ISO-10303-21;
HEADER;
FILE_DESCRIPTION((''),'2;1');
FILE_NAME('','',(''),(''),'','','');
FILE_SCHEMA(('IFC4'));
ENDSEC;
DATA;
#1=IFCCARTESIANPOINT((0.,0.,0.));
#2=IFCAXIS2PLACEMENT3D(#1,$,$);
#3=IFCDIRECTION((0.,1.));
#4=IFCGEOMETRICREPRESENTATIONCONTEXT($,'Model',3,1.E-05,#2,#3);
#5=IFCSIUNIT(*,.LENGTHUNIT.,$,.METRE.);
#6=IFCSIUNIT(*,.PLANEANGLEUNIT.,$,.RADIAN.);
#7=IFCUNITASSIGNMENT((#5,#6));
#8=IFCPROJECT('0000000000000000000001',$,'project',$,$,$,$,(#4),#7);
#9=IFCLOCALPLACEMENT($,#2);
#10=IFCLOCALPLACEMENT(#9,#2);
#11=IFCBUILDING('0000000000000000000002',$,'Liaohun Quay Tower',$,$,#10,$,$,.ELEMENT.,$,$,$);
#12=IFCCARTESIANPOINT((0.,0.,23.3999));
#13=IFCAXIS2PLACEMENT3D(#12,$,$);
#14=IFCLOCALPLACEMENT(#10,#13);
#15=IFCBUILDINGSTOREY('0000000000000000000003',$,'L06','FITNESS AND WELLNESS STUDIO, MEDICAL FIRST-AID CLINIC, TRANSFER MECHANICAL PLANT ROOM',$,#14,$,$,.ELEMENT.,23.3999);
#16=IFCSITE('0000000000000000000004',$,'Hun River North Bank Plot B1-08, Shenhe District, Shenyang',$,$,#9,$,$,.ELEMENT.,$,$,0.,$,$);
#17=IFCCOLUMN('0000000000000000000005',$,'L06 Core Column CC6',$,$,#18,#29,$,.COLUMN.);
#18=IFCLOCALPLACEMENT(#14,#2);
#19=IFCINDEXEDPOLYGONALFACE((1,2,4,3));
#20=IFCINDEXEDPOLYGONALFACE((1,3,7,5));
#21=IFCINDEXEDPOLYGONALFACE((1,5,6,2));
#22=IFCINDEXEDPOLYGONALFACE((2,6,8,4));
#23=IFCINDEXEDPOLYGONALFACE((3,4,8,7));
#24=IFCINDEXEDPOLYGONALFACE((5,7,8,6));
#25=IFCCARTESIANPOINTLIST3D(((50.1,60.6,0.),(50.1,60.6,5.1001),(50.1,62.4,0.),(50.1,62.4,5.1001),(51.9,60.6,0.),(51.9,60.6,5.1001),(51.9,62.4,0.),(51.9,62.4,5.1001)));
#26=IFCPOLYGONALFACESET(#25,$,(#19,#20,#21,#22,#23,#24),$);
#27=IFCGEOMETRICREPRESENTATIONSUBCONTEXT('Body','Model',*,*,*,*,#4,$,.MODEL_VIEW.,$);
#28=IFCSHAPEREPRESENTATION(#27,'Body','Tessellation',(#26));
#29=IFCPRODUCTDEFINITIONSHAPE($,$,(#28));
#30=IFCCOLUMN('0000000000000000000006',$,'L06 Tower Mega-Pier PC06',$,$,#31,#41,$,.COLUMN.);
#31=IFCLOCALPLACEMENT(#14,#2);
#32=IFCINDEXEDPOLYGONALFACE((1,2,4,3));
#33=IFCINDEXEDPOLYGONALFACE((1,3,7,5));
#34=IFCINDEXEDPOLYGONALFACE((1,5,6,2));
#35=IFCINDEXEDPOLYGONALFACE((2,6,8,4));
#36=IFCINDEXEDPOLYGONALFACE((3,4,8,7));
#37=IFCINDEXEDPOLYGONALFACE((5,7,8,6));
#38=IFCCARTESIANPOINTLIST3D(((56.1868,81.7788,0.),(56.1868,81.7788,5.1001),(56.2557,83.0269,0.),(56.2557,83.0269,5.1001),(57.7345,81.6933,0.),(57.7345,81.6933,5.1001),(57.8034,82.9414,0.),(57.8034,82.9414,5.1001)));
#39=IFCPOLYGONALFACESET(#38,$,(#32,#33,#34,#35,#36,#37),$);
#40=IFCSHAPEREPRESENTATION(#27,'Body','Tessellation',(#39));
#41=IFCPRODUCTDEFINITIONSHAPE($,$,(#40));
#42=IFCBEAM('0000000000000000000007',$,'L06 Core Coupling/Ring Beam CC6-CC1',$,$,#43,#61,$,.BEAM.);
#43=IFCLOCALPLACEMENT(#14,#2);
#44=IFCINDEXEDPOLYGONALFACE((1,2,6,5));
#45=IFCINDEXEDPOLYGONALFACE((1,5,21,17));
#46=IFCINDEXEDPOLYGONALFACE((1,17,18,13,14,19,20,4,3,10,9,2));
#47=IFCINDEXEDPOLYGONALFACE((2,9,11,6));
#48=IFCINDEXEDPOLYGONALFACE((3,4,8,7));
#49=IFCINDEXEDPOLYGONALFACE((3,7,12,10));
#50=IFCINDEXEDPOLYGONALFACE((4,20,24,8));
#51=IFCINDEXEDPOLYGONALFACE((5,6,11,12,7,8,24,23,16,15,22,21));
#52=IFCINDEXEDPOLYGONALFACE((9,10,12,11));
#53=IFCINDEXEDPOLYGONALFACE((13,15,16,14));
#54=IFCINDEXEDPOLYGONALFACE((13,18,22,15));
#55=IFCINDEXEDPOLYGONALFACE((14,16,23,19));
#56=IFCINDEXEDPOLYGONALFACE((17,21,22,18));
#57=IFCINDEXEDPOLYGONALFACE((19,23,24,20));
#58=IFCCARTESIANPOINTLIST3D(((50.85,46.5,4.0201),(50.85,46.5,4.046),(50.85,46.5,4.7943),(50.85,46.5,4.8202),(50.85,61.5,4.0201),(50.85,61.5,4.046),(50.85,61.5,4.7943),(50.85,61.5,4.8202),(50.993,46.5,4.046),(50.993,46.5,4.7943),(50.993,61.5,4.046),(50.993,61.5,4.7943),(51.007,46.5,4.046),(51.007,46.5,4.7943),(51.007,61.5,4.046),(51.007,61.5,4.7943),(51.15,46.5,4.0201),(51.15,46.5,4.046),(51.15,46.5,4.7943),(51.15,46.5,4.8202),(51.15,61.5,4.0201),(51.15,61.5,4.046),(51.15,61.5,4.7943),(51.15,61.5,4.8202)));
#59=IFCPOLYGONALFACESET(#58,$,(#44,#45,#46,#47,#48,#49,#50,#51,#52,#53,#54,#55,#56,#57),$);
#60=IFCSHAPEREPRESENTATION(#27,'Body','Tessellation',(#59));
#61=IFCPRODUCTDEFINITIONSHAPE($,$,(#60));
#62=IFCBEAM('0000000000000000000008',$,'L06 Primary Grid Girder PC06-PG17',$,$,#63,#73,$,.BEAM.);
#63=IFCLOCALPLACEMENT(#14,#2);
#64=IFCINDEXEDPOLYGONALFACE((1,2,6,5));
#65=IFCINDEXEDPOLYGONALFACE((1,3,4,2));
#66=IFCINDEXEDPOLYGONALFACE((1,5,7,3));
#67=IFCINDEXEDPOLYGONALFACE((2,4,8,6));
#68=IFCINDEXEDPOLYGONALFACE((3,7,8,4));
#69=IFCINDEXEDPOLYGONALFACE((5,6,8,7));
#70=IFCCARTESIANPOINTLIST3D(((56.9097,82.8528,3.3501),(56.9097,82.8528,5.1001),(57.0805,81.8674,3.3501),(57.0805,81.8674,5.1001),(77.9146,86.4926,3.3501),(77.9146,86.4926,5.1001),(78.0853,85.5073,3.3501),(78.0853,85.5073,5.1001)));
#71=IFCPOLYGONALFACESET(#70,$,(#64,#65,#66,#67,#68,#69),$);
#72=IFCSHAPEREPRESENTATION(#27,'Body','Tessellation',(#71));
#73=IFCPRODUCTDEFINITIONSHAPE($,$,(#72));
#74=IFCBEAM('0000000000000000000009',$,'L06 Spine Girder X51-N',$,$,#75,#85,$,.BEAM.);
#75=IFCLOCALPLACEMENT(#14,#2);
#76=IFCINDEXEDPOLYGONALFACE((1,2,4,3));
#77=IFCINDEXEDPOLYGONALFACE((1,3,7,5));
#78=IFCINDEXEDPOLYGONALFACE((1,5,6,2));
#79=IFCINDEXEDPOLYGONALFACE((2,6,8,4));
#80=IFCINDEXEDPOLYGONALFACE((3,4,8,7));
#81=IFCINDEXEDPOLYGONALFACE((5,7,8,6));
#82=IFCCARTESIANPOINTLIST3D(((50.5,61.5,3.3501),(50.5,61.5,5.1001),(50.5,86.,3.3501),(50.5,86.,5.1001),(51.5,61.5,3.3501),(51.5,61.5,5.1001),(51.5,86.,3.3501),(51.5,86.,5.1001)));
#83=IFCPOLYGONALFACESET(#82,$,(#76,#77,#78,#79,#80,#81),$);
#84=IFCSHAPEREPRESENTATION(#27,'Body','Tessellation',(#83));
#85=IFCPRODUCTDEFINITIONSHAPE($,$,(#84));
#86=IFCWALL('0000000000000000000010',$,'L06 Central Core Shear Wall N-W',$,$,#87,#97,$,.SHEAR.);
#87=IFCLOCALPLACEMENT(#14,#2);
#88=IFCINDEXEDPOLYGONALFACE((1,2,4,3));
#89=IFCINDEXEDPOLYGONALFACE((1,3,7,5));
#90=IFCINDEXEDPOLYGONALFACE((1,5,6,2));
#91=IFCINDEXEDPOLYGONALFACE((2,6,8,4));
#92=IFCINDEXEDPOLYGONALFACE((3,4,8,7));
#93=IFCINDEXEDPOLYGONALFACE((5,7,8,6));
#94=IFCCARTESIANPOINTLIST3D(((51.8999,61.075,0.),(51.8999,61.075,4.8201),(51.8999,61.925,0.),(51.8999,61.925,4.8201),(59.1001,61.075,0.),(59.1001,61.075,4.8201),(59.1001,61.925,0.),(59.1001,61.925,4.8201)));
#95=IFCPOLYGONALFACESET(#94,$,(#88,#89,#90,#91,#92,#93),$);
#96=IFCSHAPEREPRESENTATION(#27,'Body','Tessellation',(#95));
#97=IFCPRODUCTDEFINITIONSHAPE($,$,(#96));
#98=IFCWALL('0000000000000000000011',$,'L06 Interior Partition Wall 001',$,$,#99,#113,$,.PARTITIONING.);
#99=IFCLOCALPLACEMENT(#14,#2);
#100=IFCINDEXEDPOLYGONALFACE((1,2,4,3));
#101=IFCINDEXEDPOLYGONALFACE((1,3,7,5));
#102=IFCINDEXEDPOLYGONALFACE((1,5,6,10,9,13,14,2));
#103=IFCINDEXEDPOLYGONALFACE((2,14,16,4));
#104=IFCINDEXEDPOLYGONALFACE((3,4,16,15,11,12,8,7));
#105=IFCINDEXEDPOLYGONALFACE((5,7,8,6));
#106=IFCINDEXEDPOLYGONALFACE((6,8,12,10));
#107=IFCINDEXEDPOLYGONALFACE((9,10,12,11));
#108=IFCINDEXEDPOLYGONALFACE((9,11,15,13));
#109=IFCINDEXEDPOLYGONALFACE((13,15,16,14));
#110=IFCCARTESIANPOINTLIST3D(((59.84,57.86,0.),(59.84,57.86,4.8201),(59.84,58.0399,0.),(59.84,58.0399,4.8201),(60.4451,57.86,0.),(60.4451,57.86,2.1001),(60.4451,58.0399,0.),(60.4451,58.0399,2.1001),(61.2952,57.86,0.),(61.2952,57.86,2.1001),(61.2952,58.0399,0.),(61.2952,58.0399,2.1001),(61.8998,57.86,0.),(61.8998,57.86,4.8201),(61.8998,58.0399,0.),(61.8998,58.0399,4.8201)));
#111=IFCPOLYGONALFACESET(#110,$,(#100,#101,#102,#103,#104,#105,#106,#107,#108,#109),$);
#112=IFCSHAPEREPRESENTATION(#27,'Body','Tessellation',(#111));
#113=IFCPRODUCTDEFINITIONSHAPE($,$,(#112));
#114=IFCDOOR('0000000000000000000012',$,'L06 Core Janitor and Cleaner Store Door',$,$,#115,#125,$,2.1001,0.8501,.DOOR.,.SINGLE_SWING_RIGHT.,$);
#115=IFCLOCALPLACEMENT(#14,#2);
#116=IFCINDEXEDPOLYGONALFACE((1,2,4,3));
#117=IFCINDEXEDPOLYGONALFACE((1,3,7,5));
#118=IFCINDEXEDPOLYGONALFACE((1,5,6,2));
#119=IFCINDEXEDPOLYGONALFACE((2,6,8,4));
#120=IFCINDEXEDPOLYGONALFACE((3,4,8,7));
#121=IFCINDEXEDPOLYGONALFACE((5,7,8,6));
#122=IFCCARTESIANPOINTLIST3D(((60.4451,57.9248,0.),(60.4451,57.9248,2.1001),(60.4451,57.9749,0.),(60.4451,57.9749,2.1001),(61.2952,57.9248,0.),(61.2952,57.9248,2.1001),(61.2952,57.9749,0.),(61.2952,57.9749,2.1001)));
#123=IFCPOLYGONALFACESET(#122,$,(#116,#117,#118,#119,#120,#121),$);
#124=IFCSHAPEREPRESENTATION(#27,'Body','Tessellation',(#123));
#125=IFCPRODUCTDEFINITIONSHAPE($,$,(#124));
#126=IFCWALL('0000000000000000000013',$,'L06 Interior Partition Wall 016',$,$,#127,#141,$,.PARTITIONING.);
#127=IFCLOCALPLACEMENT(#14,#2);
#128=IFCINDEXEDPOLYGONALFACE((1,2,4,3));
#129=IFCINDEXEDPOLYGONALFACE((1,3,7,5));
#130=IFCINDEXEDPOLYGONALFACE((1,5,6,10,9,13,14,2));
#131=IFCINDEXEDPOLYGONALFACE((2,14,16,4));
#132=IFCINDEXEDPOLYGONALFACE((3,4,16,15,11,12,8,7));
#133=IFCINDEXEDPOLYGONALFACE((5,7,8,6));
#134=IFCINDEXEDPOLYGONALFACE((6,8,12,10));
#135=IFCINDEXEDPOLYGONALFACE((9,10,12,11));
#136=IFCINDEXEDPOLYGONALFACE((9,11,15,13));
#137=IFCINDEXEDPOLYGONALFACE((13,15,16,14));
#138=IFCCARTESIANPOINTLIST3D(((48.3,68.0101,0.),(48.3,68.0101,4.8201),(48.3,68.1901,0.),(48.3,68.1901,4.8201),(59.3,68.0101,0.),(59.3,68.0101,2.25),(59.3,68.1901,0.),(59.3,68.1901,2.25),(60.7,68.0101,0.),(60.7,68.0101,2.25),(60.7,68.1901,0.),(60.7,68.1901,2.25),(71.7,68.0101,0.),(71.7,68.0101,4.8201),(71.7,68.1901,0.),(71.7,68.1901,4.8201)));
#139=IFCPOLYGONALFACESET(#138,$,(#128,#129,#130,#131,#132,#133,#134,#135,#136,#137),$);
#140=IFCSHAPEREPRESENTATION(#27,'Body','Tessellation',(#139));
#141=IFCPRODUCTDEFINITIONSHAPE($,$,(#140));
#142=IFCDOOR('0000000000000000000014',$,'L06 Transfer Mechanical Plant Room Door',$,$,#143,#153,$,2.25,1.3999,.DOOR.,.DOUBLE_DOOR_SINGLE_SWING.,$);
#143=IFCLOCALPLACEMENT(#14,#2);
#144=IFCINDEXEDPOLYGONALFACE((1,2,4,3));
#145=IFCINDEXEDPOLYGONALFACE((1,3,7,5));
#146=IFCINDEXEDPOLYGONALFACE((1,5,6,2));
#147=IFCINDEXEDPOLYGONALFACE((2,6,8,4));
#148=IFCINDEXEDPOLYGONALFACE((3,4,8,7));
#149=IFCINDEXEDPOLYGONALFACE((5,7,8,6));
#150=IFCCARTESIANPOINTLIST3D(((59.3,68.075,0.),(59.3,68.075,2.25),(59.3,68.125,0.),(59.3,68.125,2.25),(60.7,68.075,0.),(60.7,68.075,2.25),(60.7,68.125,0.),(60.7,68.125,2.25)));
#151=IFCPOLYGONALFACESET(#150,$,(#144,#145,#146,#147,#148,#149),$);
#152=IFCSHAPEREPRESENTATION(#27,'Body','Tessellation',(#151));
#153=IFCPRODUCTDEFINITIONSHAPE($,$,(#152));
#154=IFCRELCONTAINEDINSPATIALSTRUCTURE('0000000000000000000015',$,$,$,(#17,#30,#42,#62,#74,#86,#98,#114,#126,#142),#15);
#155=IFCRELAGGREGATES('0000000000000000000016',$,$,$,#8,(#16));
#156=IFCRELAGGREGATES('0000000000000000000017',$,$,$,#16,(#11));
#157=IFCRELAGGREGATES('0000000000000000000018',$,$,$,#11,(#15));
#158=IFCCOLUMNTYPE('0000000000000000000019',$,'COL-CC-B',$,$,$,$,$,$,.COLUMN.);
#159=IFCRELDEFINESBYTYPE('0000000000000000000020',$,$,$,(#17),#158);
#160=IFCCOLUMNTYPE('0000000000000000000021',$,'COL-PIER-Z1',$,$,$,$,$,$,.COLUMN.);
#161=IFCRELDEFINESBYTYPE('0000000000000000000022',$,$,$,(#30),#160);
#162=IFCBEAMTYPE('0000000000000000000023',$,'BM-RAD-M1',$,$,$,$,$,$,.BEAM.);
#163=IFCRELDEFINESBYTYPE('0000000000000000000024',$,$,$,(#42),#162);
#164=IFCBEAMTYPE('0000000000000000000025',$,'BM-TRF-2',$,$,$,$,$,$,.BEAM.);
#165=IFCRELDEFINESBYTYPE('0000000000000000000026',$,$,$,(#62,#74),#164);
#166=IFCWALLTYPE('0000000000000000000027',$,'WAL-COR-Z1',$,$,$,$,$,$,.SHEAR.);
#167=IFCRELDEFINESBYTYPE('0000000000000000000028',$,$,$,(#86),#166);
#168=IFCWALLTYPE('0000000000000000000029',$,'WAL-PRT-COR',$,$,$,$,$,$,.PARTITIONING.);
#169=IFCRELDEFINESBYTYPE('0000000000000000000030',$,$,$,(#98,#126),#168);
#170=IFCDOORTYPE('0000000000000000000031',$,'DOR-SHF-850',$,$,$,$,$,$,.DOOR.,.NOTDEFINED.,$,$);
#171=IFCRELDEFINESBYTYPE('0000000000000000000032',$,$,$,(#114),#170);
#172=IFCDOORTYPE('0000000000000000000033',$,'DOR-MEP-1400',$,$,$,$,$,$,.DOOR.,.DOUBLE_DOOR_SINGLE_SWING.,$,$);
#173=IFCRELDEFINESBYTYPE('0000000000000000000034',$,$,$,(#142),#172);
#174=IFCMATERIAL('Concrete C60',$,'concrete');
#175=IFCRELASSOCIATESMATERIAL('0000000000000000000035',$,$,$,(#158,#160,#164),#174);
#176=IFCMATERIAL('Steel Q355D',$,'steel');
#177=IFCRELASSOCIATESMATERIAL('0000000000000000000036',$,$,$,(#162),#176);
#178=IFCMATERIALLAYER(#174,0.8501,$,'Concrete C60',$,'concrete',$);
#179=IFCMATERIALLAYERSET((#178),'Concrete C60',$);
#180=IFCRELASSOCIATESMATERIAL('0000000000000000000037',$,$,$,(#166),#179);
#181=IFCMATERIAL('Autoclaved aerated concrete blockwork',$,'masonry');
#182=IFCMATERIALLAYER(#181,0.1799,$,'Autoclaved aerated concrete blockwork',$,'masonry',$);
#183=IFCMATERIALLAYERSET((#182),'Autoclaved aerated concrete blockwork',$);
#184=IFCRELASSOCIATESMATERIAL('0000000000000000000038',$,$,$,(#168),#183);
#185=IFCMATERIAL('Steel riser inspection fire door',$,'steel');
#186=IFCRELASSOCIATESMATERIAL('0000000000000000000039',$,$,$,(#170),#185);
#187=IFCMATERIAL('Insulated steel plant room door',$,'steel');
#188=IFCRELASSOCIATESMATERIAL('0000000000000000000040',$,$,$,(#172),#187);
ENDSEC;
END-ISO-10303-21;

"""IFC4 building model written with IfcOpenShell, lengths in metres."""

from ifc_helpers import new_model, si_unit, direction, frame, frame_2d, origin, origin_2d, place, context, subcontext, project, spatial, rectangle, i_section, extrude, source, transform, mapped, material, layer, layer_set, material_profile, profile_set, type_object, element, fill, save


model = new_model("IFC4")

# Units and contexts
model_context = context("Model", 3, precision=1e-05, world=origin(), true_north=direction((0.0, 1.0)))
body_context = subcontext(model_context, "Body", "Model", "MODEL_VIEW")
ifc_project = project(units=[si_unit("LENGTHUNIT", "METRE"), si_unit("PLANEANGLEUNIT", "RADIAN")], contexts=[model_context])

# Site, building, storey
site_placement = place(None, origin())
site = spatial("IfcSite", under=ifc_project, at=site_placement, Name="Hun River North Bank Plot B1-08, Shenhe District, Shenyang", CompositionType="ELEMENT", RefElevation=0.0)
building_placement = place(site_placement, origin())
building = spatial("IfcBuilding", under=site, at=building_placement, Name="Liaohun Quay Tower", CompositionType="ELEMENT")
storey_placement = place(building_placement, frame((0.0, 0.0, 23.3999)))
storey = spatial("IfcBuildingStorey", under=building, at=storey_placement, Name="L06", Description="FITNESS AND WELLNESS STUDIO, MEDICAL FIRST-AID CLINIC, TRANSFER MECHANICAL PLANT ROOM", CompositionType="ELEMENT", Elevation=23.3999)

# Columns
ifc_material_1 = material(Name="Concrete C60", Category="concrete")
ifc_material_profile_1 = material_profile(ifc_material_1, rectangle(XDim=1.8, YDim=1.8, at=origin_2d()), Name="RC1800x1800")
ifc_profile_set_1 = profile_set([ifc_material_profile_1], Name="Concrete C60")
column_type_1 = type_object("IfcColumnType", Name="COL-CC-B", PredefinedType="COLUMN", material=ifc_profile_set_1)
shared_shape_1 = source(origin(), body_context, "Body", "SweptSolid", [
    extrude(rectangle(XDim=1.8, YDim=1.8, at=origin_2d()), origin(), (0.0, 0.0, 1.0), 5.1001),
])
column_1_placement = place(storey_placement, frame((51.0, 61.5, 0.0), z_axis=(0.0, 0.0, 1.0), x_axis=(1.0, 0.0, 0.0)))
element("IfcColumn", 1, at=column_1_placement, inside=storey, type_object=column_type_1, Name="L06 Core Column CC6", PredefinedType="COLUMN", context=body_context, shape_type="MappedRepresentation", body=[
    mapped(shared_shape_1, transform((0.0, 0.0, 0.0), x_axis=(1.0, 0.0, 0.0), y_axis=(0.0, 1.0, 0.0), z_axis=(0.0, 0.0, 1.0), scale=1.0)),
])
ifc_material_profile_2 = material_profile(ifc_material_1, rectangle(XDim=1.55, YDim=1.25, at=origin_2d()), Name="RC1550x1250")
ifc_profile_set_2 = profile_set([ifc_material_profile_2], Name="Concrete C60")
column_type_2 = type_object("IfcColumnType", Name="COL-PIER-Z1", PredefinedType="COLUMN", material=ifc_profile_set_2)
shared_shape_2 = source(origin(), body_context, "Body", "SweptSolid", [
    extrude(rectangle(XDim=1.55, YDim=1.25, at=origin_2d()), origin(), (0.0, 0.0, 1.0), 5.1001),
])
column_2_placement = place(storey_placement, frame((56.9951, 82.3601, 0.0), z_axis=(0.0, 0.0, 1.0), x_axis=(-0.998479, 0.055124, 0.0)))
element("IfcColumn", 2, at=column_2_placement, inside=storey, type_object=column_type_2, Name="L06 Tower Mega-Pier PC06", PredefinedType="COLUMN", context=body_context, shape_type="MappedRepresentation", body=[
    mapped(shared_shape_2, transform((0.0, 0.0, 0.0), x_axis=(1.0, 0.0, 0.0), y_axis=(0.0, 1.0, 0.0), z_axis=(0.0, 0.0, 1.0), scale=1.0)),
])

# Beams
ifc_material_2 = material(Name="Steel Q355D", Category="steel")
ifc_material_profile_3 = material_profile(ifc_material_2, i_section(OverallWidth=0.3, OverallDepth=0.8, WebThickness=0.0139, FlangeThickness=0.0259, at=origin_2d()), Name="HN800x300x14x26")
ifc_profile_set_3 = profile_set([ifc_material_profile_3], Name="Steel Q355D")
beam_type_1 = type_object("IfcBeamType", Name="BM-RAD-M1", PredefinedType="BEAM", material=ifc_profile_set_3)
shared_shape_3 = source(origin(), body_context, "Body", "SweptSolid", [
    extrude(i_section(OverallWidth=0.3, OverallDepth=0.8, WebThickness=0.0139, FlangeThickness=0.0259, at=origin_2d()), origin(), (0.0, 0.0, 1.0), 15.0),
])
beam_1_placement = place(storey_placement, frame((51.0, 61.5, 4.4202), z_axis=(0.0, -1.0, 0.0), x_axis=(1.0, 0.0, 0.0)))
element("IfcBeam", 3, at=beam_1_placement, inside=storey, type_object=beam_type_1, Name="L06 Core Coupling/Ring Beam CC6-CC1", PredefinedType="BEAM", context=body_context, shape_type="MappedRepresentation", body=[
    mapped(shared_shape_3, transform((0.0, 0.0, 0.0), x_axis=(1.0, 0.0, 0.0), y_axis=(0.0, 1.0, 0.0), z_axis=(0.0, 0.0, 1.0), scale=1.0)),
])
ifc_material_profile_4 = material_profile(ifc_material_1, rectangle(XDim=1.0, YDim=1.75, at=origin_2d()), Name="RC1000x1750")
ifc_profile_set_4 = profile_set([ifc_material_profile_4], Name="Concrete C60")
beam_type_2 = type_object("IfcBeamType", Name="BM-TRF-2", PredefinedType="BEAM", material=ifc_profile_set_4)
shared_shape_4 = source(origin(), body_context, "Body", "SweptSolid", [
    extrude(rectangle(XDim=1.0, YDim=1.75, at=origin_2d()), origin(), (0.0, 0.0, 1.0), 21.3179),
])
beam_2_placement = place(storey_placement, frame((56.9951, 82.3601, 4.2251), z_axis=(0.985316, 0.170743, 0.0), x_axis=(-0.170743, 0.985316, 0.0)))
element("IfcBeam", 4, at=beam_2_placement, inside=storey, type_object=beam_type_2, Name="L06 Primary Grid Girder PC06-PG17", PredefinedType="BEAM", context=body_context, shape_type="MappedRepresentation", body=[
    mapped(shared_shape_4, transform((0.0, 0.0, 0.0), x_axis=(1.0, 0.0, 0.0), y_axis=(0.0, 1.0, 0.0), z_axis=(0.0, 0.0, 1.0), scale=1.0)),
])
shared_shape_5 = source(origin(), body_context, "Body", "SweptSolid", [
    extrude(rectangle(XDim=1.0, YDim=1.75, at=origin_2d()), origin(), (0.0, 0.0, 1.0), 24.5),
])
beam_3_placement = place(storey_placement, frame((51.0, 61.5, 4.2251), z_axis=(0.0, 1.0, 0.0), x_axis=(-1.0, 0.0, 0.0)))
element("IfcBeam", 5, at=beam_3_placement, inside=storey, type_object=beam_type_2, Name="L06 Spine Girder X51-N", PredefinedType="BEAM", context=body_context, shape_type="MappedRepresentation", body=[
    mapped(shared_shape_5, transform((0.0, 0.0, 0.0), x_axis=(1.0, 0.0, 0.0), y_axis=(0.0, 1.0, 0.0), z_axis=(0.0, 0.0, 1.0), scale=1.0)),
])

# Wall
ifc_layer_1 = layer(ifc_material_1, 0.8501, Name="Concrete C60", Category="concrete")
ifc_layer_set_1 = layer_set([ifc_layer_1], Name="Concrete C60")
wall_type_1 = type_object("IfcWallType", Name="WAL-COR-Z1", PredefinedType="SHEAR", material=ifc_layer_set_1)
wall_1_placement = place(storey_placement, frame((51.8999, 61.5, 0.0), z_axis=(0.0, 0.0, 1.0), x_axis=(1.0, 0.0, 0.0)))
element("IfcWall", 6, at=wall_1_placement, inside=storey, type_object=wall_type_1, Name="L06 Central Core Shear Wall N-W", PredefinedType="SHEAR", context=body_context, shape_type="SweptSolid", body=[
    extrude(rectangle(XDim=7.2002, YDim=0.8501, at=frame_2d((3.6001, 0.0))), origin(), (0.0, 0.0, 1.0), 4.8201),
])

# Walls, openings, doors
ifc_material_3 = material(Name="Autoclaved aerated concrete blockwork", Category="masonry")
ifc_layer_2 = layer(ifc_material_3, 0.1799, Name="Autoclaved aerated concrete blockwork", Category="masonry")
ifc_layer_set_2 = layer_set([ifc_layer_2], Name="Autoclaved aerated concrete blockwork")
wall_type_2 = type_object("IfcWallType", Name="WAL-PRT-COR", PredefinedType="PARTITIONING", material=ifc_layer_set_2)
wall_2_placement = place(storey_placement, frame((59.8401, 57.95, 0.0), z_axis=(0.0, 0.0, 1.0), x_axis=(1.0, 0.0, 0.0)))
wall_2 = element("IfcWall", 7, at=wall_2_placement, inside=storey, type_object=wall_type_2, Name="L06 Interior Partition Wall 001", PredefinedType="PARTITIONING", context=body_context, shape_type="SweptSolid", body=[
    extrude(rectangle(XDim=2.0598, YDim=0.1799, at=frame_2d((1.0298, 0.0))), origin(), (0.0, 0.0, 1.0), 4.8201),
])
shared_shape_6 = source(origin(), body_context, "Body", "SweptSolid", [
    extrude(rectangle(XDim=0.8501, YDim=2.1001, at=frame_2d((0.425, 1.05))), frame((0.0, 0.0999, 0.0), z_axis=(0.0, -1.0, 0.0), x_axis=(1.0, 0.0, 0.0)), (0.0, 0.0, 1.0), 0.2),
])
opening_1_placement = place(wall_2_placement, frame((0.605, 0.0, 0.0)))
opening_1 = element("IfcOpeningElement", 8, at=opening_1_placement, cuts=wall_2, PredefinedType="OPENING", context=body_context, shape_type="MappedRepresentation", body=[
    mapped(shared_shape_6, transform((0.0, 0.0, 0.0), x_axis=(1.0, 0.0, 0.0), y_axis=(0.0, 1.0, 0.0), z_axis=(0.0, 0.0, 1.0), scale=1.0)),
])
ifc_material_4 = material(Name="Steel riser inspection fire door", Category="steel")
door_type_1 = type_object("IfcDoorType", Name="DOR-SHF-850", OperationType="NOTDEFINED", PredefinedType="DOOR", material=ifc_material_4)
shared_shape_7 = source(origin(), body_context, "Body", "SweptSolid", [
    extrude(rectangle(XDim=0.8501, YDim=2.1001, at=frame_2d((0.425, 1.05))), frame((0.0, 0.0249, 0.0), z_axis=(0.0, -1.0, 0.0), x_axis=(1.0, 0.0, 0.0)), (0.0, 0.0, 1.0), 0.05),
])
door_1_placement = place(opening_1_placement, origin())
door_1 = element("IfcDoor", 9, at=door_1_placement, inside=storey, type_object=door_type_1, Name="L06 Core Janitor and Cleaner Store Door", OperationType="SINGLE_SWING_RIGHT", OverallHeight=2.1001, OverallWidth=0.8501, PredefinedType="DOOR", context=body_context, shape_type="MappedRepresentation", body=[
    mapped(shared_shape_7, transform((0.0, 0.0, 0.0), x_axis=(1.0, 0.0, 0.0), y_axis=(0.0, 1.0, 0.0), z_axis=(0.0, 0.0, 1.0), scale=1.0)),
])
fill(opening_1, door_1)
wall_3_placement = place(storey_placement, frame((48.3, 68.1001, 0.0), z_axis=(0.0, 0.0, 1.0), x_axis=(1.0, 0.0, 0.0)))
wall_3 = element("IfcWall", 10, at=wall_3_placement, inside=storey, type_object=wall_type_2, Name="L06 Interior Partition Wall 016", PredefinedType="PARTITIONING", context=body_context, shape_type="SweptSolid", body=[
    extrude(rectangle(XDim=23.3999, YDim=0.1799, at=frame_2d((11.7, 0.0))), origin(), (0.0, 0.0, 1.0), 4.8201),
])
shared_shape_8 = source(origin(), body_context, "Body", "SweptSolid", [
    extrude(rectangle(XDim=1.3999, YDim=2.25, at=frame_2d((0.7, 1.125))), frame((0.0, 0.0999, 0.0), z_axis=(0.0, -1.0, 0.0), x_axis=(1.0, 0.0, 0.0)), (0.0, 0.0, 1.0), 0.2),
])
opening_2_placement = place(wall_3_placement, frame((11.0, 0.0, 0.0)))
opening_2 = element("IfcOpeningElement", 11, at=opening_2_placement, cuts=wall_3, PredefinedType="OPENING", context=body_context, shape_type="MappedRepresentation", body=[
    mapped(shared_shape_8, transform((0.0, 0.0, 0.0), x_axis=(1.0, 0.0, 0.0), y_axis=(0.0, 1.0, 0.0), z_axis=(0.0, 0.0, 1.0), scale=1.0)),
])
ifc_material_5 = material(Name="Insulated steel plant room door", Category="steel")
door_type_2 = type_object("IfcDoorType", Name="DOR-MEP-1400", OperationType="DOUBLE_DOOR_SINGLE_SWING", PredefinedType="DOOR", material=ifc_material_5)
shared_shape_9 = source(origin(), body_context, "Body", "SweptSolid", [
    extrude(rectangle(XDim=1.3999, YDim=2.25, at=frame_2d((0.7, 1.125))), frame((0.0, 0.0249, 0.0), z_axis=(0.0, -1.0, 0.0), x_axis=(1.0, 0.0, 0.0)), (0.0, 0.0, 1.0), 0.05),
])
door_2_placement = place(opening_2_placement, origin())
door_2 = element("IfcDoor", 12, at=door_2_placement, inside=storey, type_object=door_type_2, Name="L06 Transfer Mechanical Plant Room Door", OperationType="DOUBLE_DOOR_SINGLE_SWING", OverallHeight=2.25, OverallWidth=1.3999, PredefinedType="DOOR", context=body_context, shape_type="MappedRepresentation", body=[
    mapped(shared_shape_9, transform((0.0, 0.0, 0.0), x_axis=(1.0, 0.0, 0.0), y_axis=(0.0, 1.0, 0.0), z_axis=(0.0, 0.0, 1.0), scale=1.0)),
])
fill(opening_2, door_2)

save(model, "model.ifc")
